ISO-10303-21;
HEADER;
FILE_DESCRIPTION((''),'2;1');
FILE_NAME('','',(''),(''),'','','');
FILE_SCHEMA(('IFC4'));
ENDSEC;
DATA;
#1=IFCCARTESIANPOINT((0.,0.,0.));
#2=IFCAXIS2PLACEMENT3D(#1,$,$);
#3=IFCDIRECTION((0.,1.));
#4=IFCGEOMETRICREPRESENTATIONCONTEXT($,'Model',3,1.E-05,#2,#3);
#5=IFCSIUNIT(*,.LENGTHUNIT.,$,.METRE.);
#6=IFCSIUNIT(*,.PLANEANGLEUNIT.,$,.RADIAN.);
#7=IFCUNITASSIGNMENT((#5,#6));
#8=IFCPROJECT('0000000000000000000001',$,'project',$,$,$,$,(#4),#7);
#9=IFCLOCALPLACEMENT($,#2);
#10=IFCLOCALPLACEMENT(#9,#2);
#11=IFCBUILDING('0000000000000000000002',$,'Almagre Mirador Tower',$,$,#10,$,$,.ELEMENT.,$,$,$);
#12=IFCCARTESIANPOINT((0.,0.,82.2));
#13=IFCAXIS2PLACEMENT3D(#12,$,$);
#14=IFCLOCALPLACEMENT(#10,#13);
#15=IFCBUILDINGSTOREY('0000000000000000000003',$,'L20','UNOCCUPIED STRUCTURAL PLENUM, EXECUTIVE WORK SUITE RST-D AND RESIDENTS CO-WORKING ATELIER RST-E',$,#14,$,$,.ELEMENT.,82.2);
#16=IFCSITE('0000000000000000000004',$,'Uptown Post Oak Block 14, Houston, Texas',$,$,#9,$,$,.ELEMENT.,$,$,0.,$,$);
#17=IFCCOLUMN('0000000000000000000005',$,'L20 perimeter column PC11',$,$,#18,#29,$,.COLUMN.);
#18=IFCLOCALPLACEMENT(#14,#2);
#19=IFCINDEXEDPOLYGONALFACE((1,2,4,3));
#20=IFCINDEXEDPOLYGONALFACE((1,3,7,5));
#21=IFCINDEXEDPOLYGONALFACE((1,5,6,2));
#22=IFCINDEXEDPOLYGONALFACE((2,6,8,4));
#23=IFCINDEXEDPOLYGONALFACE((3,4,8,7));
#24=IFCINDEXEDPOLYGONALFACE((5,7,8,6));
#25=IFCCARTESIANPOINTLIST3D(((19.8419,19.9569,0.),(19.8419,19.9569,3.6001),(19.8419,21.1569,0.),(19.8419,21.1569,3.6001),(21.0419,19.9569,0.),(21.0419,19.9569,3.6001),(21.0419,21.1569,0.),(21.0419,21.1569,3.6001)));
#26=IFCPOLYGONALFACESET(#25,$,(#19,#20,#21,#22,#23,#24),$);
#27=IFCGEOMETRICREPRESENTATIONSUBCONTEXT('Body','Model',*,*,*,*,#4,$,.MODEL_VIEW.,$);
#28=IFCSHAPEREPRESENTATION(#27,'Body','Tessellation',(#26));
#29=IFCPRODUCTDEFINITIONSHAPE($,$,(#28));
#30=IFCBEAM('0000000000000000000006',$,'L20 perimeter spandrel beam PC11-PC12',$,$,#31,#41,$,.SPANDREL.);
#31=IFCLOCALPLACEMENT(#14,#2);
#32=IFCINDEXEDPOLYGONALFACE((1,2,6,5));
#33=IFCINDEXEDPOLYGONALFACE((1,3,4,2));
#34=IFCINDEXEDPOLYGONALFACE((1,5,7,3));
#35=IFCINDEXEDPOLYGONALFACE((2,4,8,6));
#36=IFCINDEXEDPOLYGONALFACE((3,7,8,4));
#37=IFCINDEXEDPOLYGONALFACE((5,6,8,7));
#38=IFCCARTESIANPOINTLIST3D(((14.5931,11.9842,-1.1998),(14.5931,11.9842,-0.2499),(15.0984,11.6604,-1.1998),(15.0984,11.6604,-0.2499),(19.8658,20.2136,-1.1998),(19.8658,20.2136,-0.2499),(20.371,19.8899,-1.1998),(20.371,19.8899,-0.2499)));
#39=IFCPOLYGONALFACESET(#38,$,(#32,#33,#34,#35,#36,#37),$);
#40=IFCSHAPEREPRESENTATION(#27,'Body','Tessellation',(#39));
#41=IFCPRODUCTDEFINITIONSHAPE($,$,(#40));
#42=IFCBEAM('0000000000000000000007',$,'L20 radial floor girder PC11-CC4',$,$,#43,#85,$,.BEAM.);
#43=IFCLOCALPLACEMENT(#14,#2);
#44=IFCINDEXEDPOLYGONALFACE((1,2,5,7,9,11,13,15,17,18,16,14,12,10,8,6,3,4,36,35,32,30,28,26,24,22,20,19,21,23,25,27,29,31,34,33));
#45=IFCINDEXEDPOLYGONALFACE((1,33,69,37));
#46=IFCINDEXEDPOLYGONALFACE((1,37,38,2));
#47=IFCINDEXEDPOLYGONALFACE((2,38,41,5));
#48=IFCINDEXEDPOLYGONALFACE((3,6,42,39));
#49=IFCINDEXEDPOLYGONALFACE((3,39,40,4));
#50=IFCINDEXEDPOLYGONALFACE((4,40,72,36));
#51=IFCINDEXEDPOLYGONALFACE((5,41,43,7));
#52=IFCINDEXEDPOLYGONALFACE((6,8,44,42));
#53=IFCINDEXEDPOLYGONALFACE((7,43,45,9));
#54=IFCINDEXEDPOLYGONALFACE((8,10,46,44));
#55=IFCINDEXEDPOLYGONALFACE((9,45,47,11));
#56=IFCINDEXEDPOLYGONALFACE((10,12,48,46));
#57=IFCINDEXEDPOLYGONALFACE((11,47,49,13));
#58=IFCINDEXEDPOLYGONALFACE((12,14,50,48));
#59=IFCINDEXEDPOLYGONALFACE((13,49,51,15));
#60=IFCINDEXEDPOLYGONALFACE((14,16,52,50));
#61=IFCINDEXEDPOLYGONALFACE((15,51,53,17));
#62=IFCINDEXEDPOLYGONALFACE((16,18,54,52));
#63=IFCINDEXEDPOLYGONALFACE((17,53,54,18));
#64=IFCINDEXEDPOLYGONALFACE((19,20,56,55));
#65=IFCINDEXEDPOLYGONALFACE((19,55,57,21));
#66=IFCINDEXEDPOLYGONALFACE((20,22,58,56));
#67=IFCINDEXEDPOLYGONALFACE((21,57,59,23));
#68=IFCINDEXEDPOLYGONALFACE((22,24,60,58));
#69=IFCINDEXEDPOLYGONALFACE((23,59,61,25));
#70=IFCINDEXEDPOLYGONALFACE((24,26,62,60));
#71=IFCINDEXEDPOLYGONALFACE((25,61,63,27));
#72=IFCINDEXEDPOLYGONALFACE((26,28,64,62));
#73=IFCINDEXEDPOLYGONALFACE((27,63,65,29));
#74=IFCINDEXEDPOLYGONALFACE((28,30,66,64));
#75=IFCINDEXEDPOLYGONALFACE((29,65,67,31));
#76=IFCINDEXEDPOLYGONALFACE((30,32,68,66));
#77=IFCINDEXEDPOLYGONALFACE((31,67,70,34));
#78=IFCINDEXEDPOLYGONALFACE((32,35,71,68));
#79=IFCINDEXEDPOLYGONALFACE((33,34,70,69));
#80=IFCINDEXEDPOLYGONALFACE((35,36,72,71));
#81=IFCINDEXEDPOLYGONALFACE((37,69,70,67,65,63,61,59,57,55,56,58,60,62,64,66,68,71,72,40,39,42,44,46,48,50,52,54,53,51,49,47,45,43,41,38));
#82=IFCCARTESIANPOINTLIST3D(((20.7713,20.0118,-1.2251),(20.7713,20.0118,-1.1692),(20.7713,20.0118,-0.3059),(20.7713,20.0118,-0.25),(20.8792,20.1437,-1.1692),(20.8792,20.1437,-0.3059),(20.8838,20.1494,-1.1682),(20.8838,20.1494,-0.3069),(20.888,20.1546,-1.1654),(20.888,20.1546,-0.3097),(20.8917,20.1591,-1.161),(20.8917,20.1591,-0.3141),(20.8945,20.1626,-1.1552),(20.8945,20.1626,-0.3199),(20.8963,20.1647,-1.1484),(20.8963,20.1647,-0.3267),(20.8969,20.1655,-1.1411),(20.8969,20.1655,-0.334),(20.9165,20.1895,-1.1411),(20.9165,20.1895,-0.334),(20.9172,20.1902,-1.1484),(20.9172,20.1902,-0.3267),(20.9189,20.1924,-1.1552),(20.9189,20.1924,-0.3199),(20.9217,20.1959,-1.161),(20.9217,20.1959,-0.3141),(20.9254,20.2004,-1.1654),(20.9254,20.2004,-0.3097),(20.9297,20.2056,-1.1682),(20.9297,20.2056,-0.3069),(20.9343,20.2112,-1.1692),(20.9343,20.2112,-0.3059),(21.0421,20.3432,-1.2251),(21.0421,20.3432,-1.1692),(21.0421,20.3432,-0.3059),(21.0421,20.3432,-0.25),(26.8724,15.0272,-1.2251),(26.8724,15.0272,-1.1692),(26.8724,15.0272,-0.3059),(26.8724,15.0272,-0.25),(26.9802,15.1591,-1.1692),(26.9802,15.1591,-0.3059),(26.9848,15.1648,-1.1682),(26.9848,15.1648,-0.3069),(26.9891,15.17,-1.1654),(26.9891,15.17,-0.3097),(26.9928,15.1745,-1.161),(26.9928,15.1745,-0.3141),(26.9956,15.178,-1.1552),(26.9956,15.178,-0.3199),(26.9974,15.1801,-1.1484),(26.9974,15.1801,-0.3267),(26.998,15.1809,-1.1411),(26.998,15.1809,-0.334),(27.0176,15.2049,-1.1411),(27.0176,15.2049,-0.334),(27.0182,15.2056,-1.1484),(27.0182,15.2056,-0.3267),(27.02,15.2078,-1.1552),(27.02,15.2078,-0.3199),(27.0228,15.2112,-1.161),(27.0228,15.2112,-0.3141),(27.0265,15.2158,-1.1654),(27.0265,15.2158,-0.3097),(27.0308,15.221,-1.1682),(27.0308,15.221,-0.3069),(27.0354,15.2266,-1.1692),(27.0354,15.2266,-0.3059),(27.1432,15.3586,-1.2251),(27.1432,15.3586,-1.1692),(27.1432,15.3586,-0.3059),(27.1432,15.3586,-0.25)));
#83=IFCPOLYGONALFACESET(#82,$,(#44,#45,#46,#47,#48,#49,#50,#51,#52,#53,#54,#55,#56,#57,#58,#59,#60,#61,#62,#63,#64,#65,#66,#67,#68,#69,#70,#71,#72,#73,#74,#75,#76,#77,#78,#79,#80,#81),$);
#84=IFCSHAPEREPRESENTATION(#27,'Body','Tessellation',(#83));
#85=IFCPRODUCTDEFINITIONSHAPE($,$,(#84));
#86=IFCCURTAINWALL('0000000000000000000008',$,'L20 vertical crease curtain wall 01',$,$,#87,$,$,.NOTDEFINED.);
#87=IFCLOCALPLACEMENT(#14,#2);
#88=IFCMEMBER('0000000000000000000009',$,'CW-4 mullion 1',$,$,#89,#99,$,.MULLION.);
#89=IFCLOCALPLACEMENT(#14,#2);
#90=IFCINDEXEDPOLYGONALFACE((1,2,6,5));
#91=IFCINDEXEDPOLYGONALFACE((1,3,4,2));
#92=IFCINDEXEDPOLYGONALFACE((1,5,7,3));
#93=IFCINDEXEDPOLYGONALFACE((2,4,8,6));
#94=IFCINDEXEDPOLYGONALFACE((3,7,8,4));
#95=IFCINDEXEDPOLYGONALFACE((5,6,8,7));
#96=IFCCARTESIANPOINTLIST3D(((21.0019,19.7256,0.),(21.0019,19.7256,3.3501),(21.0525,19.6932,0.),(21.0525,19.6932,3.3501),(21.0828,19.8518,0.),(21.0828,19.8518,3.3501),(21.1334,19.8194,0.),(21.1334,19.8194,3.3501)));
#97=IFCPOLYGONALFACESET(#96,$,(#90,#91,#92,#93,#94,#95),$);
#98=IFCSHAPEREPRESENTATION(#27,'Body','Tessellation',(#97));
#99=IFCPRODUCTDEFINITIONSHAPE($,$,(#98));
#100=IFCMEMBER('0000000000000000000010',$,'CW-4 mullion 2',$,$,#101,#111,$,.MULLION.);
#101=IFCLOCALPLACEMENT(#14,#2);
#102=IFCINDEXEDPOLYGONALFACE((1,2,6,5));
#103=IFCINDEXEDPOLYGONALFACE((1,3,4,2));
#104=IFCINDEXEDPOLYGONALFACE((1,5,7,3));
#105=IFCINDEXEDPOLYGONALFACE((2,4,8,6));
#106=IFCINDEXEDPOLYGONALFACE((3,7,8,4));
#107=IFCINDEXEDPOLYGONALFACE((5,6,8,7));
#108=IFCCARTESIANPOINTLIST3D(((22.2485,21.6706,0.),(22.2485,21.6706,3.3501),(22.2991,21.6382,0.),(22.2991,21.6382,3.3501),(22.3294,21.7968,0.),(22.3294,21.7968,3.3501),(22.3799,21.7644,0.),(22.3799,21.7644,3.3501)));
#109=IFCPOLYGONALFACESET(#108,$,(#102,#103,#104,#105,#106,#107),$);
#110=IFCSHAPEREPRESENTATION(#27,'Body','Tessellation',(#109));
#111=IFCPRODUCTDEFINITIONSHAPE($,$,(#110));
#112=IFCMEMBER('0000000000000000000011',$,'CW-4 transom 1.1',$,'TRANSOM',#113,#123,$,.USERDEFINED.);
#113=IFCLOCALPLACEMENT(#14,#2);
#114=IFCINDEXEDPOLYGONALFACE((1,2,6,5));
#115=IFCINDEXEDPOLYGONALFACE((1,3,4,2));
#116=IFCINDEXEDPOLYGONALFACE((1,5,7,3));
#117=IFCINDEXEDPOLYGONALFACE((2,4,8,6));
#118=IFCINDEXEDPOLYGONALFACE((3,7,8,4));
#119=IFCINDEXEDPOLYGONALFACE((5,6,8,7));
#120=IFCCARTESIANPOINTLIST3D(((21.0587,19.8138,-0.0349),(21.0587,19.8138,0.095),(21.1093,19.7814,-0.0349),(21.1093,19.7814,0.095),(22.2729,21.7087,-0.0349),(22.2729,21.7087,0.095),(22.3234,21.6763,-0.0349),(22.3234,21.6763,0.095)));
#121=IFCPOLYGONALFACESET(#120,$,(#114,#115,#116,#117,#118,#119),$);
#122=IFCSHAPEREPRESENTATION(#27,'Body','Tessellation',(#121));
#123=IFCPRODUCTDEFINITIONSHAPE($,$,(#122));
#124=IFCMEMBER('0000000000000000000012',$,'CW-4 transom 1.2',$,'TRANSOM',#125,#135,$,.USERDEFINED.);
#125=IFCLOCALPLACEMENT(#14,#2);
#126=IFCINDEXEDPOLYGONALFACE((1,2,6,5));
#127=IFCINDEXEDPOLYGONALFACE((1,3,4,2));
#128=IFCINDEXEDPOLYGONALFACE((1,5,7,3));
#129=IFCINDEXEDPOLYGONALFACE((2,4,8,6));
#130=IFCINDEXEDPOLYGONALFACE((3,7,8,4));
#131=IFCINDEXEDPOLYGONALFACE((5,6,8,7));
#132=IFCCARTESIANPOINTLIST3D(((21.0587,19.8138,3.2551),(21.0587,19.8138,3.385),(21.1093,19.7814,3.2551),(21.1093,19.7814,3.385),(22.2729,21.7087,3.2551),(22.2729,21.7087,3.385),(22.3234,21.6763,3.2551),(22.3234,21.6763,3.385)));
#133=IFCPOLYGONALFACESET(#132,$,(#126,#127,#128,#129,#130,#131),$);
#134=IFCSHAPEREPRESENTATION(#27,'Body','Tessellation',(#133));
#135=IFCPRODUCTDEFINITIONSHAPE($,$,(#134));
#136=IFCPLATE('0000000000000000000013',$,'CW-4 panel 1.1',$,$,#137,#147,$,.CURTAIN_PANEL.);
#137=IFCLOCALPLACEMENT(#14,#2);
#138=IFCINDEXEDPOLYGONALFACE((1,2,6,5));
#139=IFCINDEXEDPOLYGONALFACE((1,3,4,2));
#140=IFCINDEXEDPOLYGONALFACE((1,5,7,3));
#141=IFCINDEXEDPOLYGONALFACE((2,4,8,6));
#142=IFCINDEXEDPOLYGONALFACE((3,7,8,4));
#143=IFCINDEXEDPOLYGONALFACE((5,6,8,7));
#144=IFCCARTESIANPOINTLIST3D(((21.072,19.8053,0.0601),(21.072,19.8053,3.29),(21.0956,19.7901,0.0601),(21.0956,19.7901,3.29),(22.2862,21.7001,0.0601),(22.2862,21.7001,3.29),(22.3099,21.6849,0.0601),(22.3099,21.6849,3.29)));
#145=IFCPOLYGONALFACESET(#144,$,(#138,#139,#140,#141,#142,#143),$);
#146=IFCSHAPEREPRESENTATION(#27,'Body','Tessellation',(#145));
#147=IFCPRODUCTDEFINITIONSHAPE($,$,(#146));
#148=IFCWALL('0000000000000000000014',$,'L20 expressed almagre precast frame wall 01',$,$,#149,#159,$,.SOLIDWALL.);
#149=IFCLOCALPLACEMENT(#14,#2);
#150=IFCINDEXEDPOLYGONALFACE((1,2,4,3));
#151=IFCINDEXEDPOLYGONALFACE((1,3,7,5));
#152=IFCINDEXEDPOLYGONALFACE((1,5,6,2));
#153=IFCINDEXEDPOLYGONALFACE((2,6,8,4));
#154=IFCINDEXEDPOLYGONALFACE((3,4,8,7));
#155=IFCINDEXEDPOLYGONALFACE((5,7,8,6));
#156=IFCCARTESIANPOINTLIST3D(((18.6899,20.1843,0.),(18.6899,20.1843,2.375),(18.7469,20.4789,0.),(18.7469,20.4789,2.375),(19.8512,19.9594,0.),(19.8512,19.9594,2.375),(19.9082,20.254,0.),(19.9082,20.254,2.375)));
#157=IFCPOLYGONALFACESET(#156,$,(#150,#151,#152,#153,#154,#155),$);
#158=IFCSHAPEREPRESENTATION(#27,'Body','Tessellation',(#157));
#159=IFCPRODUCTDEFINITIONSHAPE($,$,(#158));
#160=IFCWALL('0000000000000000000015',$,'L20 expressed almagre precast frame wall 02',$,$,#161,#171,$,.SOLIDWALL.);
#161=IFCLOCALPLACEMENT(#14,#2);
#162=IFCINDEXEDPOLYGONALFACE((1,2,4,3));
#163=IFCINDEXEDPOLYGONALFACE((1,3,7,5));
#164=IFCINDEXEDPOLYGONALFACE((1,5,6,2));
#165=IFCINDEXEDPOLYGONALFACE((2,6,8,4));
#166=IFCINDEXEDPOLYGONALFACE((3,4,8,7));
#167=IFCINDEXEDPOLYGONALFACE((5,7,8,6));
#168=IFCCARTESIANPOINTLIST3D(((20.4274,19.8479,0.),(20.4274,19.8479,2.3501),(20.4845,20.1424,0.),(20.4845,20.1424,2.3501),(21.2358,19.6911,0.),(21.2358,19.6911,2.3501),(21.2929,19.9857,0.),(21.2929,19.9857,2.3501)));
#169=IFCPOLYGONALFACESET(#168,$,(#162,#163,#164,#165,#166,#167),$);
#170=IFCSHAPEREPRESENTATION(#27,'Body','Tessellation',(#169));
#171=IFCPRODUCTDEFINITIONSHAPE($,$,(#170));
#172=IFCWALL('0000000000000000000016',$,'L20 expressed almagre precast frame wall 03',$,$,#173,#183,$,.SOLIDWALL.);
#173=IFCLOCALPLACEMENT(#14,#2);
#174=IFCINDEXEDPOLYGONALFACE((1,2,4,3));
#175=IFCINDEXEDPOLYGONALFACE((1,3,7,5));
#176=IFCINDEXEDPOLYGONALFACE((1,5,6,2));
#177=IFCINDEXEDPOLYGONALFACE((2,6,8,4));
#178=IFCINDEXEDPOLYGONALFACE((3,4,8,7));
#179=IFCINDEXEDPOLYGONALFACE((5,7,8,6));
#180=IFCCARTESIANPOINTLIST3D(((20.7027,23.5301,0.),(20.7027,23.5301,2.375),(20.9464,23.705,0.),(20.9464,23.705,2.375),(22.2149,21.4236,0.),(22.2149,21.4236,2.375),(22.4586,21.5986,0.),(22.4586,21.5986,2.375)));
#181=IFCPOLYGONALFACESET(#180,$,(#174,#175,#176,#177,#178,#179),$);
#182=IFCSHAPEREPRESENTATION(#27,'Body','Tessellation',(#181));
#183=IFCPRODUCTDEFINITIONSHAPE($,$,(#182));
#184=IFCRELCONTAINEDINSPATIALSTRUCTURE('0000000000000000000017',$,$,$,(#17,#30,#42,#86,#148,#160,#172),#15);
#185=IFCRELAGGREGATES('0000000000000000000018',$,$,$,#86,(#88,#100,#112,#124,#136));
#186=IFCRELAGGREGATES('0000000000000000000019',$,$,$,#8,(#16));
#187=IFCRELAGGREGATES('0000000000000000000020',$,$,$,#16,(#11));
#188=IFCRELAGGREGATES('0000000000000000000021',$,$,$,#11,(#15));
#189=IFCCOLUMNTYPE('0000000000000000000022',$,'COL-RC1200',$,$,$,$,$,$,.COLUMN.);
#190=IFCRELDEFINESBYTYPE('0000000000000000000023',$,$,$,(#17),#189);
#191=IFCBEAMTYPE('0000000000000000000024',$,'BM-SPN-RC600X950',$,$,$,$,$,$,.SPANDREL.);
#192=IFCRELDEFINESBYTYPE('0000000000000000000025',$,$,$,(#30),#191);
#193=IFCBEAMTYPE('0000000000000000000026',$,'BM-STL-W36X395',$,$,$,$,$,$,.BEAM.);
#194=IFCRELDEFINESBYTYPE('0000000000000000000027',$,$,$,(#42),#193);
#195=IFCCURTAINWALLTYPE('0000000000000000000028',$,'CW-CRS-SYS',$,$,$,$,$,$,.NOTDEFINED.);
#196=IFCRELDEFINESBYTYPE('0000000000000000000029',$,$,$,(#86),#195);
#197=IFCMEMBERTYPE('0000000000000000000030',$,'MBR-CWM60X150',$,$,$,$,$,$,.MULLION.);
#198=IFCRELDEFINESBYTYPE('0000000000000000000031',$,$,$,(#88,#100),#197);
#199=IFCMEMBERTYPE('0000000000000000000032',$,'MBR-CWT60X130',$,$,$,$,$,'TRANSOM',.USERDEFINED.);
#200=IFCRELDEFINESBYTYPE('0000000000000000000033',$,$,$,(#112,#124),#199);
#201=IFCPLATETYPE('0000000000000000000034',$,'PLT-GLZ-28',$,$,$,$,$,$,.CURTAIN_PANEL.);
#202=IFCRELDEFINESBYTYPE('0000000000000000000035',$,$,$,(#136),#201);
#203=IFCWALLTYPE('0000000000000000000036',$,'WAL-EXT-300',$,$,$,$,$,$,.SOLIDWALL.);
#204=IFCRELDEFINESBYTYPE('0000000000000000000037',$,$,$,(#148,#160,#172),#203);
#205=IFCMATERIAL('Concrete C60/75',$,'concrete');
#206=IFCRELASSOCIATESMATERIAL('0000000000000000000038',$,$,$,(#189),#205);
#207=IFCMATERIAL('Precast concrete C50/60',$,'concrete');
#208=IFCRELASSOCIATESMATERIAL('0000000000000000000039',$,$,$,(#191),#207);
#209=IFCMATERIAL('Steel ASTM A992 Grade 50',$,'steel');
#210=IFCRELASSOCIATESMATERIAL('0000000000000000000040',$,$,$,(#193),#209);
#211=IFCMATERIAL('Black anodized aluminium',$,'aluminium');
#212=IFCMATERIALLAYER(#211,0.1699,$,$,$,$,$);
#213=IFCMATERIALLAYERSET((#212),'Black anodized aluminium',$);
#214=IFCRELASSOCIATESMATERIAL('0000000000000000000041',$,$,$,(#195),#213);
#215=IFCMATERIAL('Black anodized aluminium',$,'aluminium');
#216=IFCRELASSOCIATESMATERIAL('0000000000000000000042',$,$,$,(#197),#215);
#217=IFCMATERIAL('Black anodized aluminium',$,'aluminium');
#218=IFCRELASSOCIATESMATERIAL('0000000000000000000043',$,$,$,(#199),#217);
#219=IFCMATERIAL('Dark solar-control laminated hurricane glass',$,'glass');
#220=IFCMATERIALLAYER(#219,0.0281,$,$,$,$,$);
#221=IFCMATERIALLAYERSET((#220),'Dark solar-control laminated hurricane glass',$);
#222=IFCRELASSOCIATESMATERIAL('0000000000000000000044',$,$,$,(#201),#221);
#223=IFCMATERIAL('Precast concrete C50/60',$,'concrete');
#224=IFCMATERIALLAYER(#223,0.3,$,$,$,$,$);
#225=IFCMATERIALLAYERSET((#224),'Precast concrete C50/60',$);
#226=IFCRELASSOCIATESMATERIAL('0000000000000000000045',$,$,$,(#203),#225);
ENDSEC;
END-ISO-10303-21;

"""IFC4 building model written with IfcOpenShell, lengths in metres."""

from ifc_helpers import new_model, si_unit, direction, frame, frame_2d, origin, origin_2d, place, context, subcontext, project, spatial, rectangle, i_section, extrude, material, layer, layer_set, material_profile, profile_set, type_object, element, aggregate, save


model = new_model("IFC4")

# Units and contexts
model_context = context("Model", 3, precision=1e-05, world=origin(), true_north=direction((0.0, 1.0)))
body_context = subcontext(model_context, "Body", "Model", "MODEL_VIEW")
ifc_project = project(units=[si_unit("LENGTHUNIT", "METRE"), si_unit("PLANEANGLEUNIT", "RADIAN")], contexts=[model_context])

# Site, building, storey
site_placement = place(None, origin())
site = spatial("IfcSite", under=ifc_project, at=site_placement, Name="Uptown Post Oak Block 14, Houston, Texas", CompositionType="ELEMENT", RefElevation=0.0)
building_placement = place(site_placement, origin())
building = spatial("IfcBuilding", under=site, at=building_placement, Name="Almagre Mirador Tower", CompositionType="ELEMENT")
storey_placement = place(building_placement, frame((0.0, 0.0, 82.2)))
storey = spatial("IfcBuildingStorey", under=building, at=storey_placement, Name="L20", Description="UNOCCUPIED STRUCTURAL PLENUM, EXECUTIVE WORK SUITE RST-D AND RESIDENTS CO-WORKING ATELIER RST-E", CompositionType="ELEMENT", Elevation=82.2)

# Column
ifc_material_1 = material(Name="Concrete C60/75", Category="concrete")
ifc_material_profile_1 = material_profile(ifc_material_1, rectangle(XDim=1.2, YDim=1.2, at=origin_2d()), Name="RC1200X1200")
ifc_profile_set_1 = profile_set([ifc_material_profile_1], Name="Concrete C60/75")
column_type = type_object("IfcColumnType", Name="COL-RC1200", PredefinedType="COLUMN", material=ifc_profile_set_1)
column_placement = place(storey_placement, frame((20.4419, 20.5569, 0.0), z_axis=(0.0, 0.0, 1.0), x_axis=(1.0, 0.0, 0.0)))
element("IfcColumn", 1, at=column_placement, inside=storey, type_object=column_type, Name="L20 perimeter column PC11", PredefinedType="COLUMN", context=body_context, shape_type="SweptSolid", body=[
    extrude(rectangle(XDim=1.2, YDim=1.2, at=origin_2d()), origin(), (0.0, 0.0, 1.0), 3.6001),
])

# Beams
ifc_material_2 = material(Name="Precast concrete C50/60", Category="concrete")
ifc_material_profile_2 = material_profile(ifc_material_2, rectangle(XDim=0.6001, YDim=0.95, at=origin_2d()), Name="RC600X950")
ifc_profile_set_2 = profile_set([ifc_material_profile_2], Name="Precast concrete C50/60")
beam_type_1 = type_object("IfcBeamType", Name="BM-SPN-RC600X950", PredefinedType="SPANDREL", material=ifc_profile_set_2)
beam_1_placement = place(storey_placement, frame((20.1184, 20.0518, -0.7249), z_axis=(-0.539477, -0.842, 0.0), x_axis=(0.842, -0.539477, 0.0)))
element("IfcBeam", 2, at=beam_1_placement, inside=storey, type_object=beam_type_1, Name="L20 perimeter spandrel beam PC11-PC12", PredefinedType="SPANDREL", context=body_context, shape_type="SweptSolid", body=[
    extrude(rectangle(XDim=0.6001, YDim=0.95, at=origin_2d()), origin(), (0.0, 0.0, 1.0), 9.7737),
])
ifc_material_3 = material(Name="Steel ASTM A992 Grade 50", Category="steel")
ifc_material_profile_3 = material_profile(ifc_material_3, i_section(OverallWidth=0.428, OverallDepth=0.9751, WebThickness=0.031, FlangeThickness=0.0559, FilletRadius=0.0281, at=origin_2d()), Name="W36X395")
ifc_profile_set_3 = profile_set([ifc_material_profile_3], Name="Steel ASTM A992 Grade 50")
beam_type_2 = type_object("IfcBeamType", Name="BM-STL-W36X395", PredefinedType="BEAM", material=ifc_profile_set_3)
beam_2_placement = place(storey_placement, frame((20.9067, 20.1775, -0.7375), z_axis=(0.774403, -0.632693, 0.0), x_axis=(0.632693, 0.774403, 0.0)))
element("IfcBeam", 3, at=beam_2_placement, inside=storey, type_object=beam_type_2, Name="L20 radial floor girder PC11-CC4", PredefinedType="BEAM", context=body_context, shape_type="SweptSolid", body=[
    extrude(i_section(OverallWidth=0.428, OverallDepth=0.9751, WebThickness=0.031, FlangeThickness=0.0559, FilletRadius=0.0281, at=origin_2d()), origin(), (0.0, 0.0, 1.0), 7.8784),
])

# Curtain wall, members, plate
ifc_material_4 = material(Name="Black anodized aluminium", Category="aluminium")
ifc_layer_1 = layer(ifc_material_4, 0.1699)
ifc_layer_set_1 = layer_set([ifc_layer_1], Name="Black anodized aluminium")
curtain_wall_type = type_object("IfcCurtainWallType", Name="CW-CRS-SYS", PredefinedType="NOTDEFINED", material=ifc_layer_set_1)
curtain_wall_placement = place(storey_placement, origin())
curtain_wall = element("IfcCurtainWall", 4, at=curtain_wall_placement, inside=storey, type_object=curtain_wall_type, Name="L20 vertical crease curtain wall 01", PredefinedType="NOTDEFINED")
ifc_material_5 = material(Name="Black anodized aluminium", Category="aluminium")
ifc_material_profile_4 = material_profile(ifc_material_5, rectangle(XDim=0.0601, YDim=0.1499, at=origin_2d()), Name="CWM60X150")
ifc_profile_set_4 = profile_set([ifc_material_profile_4], Name="Black anodized aluminium")
member_type_1 = type_object("IfcMemberType", Name="MBR-CWM60X150", PredefinedType="MULLION", material=ifc_profile_set_4)
member_1_placement = place(storey_placement, frame((21.0676, 19.7725, 0.0), z_axis=(0.0, 0.0, 1.0), x_axis=(-0.841948, 0.539559, 0.0)))
member_1 = element("IfcMember", 5, at=member_1_placement, type_object=member_type_1, Name="CW-4 mullion 1", PredefinedType="MULLION", context=body_context, shape_type="SweptSolid", body=[
    extrude(rectangle(XDim=0.0601, YDim=0.1499, at=origin_2d()), origin(), (0.0, 0.0, 1.0), 3.3501),
])
member_2_placement = place(storey_placement, frame((22.3142, 21.7175, 0.0), z_axis=(0.0, 0.0, 1.0), x_axis=(-0.841948, 0.539559, 0.0)))
member_2 = element("IfcMember", 6, at=member_2_placement, type_object=member_type_1, Name="CW-4 mullion 2", PredefinedType="MULLION", context=body_context, shape_type="SweptSolid", body=[
    extrude(rectangle(XDim=0.0601, YDim=0.1499, at=origin_2d()), origin(), (0.0, 0.0, 1.0), 3.3501),
])
ifc_material_6 = material(Name="Black anodized aluminium", Category="aluminium")
ifc_material_profile_5 = material_profile(ifc_material_6, rectangle(XDim=0.0601, YDim=0.1299, at=origin_2d()), Name="CWT60X130")
ifc_profile_set_5 = profile_set([ifc_material_profile_5], Name="Black anodized aluminium")
member_type_2 = type_object("IfcMemberType", Name="MBR-CWT60X130", ElementType="TRANSOM", PredefinedType="USERDEFINED", material=ifc_profile_set_5)
member_3_placement = place(storey_placement, frame((21.084, 19.7976, 0.03), z_axis=(0.539512, 0.841978, 0.0), x_axis=(-0.841978, 0.539512, 0.0)))
member_3 = element("IfcMember", 7, at=member_3_placement, type_object=member_type_2, Name="CW-4 transom 1.1", ObjectType="TRANSOM", PredefinedType="USERDEFINED", context=body_context, shape_type="SweptSolid", body=[
    extrude(rectangle(XDim=0.0601, YDim=0.1299, at=origin_2d()), origin(), (0.0, 0.0, 1.0), 2.2505),
])
member_4_placement = place(storey_placement, frame((21.084, 19.7976, 3.3201), z_axis=(0.539512, 0.841978, 0.0), x_axis=(-0.841978, 0.539512, 0.0)))
member_4 = element("IfcMember", 8, at=member_4_placement, type_object=member_type_2, Name="CW-4 transom 1.2", ObjectType="TRANSOM", PredefinedType="USERDEFINED", context=body_context, shape_type="SweptSolid", body=[
    extrude(rectangle(XDim=0.0601, YDim=0.1299, at=origin_2d()), origin(), (0.0, 0.0, 1.0), 2.2505),
])
ifc_material_7 = material(Name="Dark solar-control laminated hurricane glass", Category="glass")
ifc_layer_2 = layer(ifc_material_7, 0.0281)
ifc_layer_set_2 = layer_set([ifc_layer_2], Name="Dark solar-control laminated hurricane glass")
plate_type = type_object("IfcPlateType", Name="PLT-GLZ-28", PredefinedType="CURTAIN_PANEL", material=ifc_layer_set_2)
plate_placement = place(storey_placement, frame((21.6909, 20.7451, 0.0601), z_axis=(0.0, 0.0, 1.0), x_axis=(0.539559, 0.841948, 0.0)))
plate = element("IfcPlate", 9, at=plate_placement, type_object=plate_type, Name="CW-4 panel 1.1", PredefinedType="CURTAIN_PANEL", context=body_context, shape_type="SweptSolid", body=[
    extrude(rectangle(XDim=2.2505, YDim=0.0281, at=origin_2d()), origin(), (0.0, 0.0, 1.0), 3.23),
])
aggregate(curtain_wall, [member_1, member_2, member_3, member_4, plate])

# Walls
ifc_material_8 = material(Name="Precast concrete C50/60", Category="concrete")
ifc_layer_3 = layer(ifc_material_8, 0.3)
ifc_layer_set_3 = layer_set([ifc_layer_3], Name="Precast concrete C50/60")
wall_type_1 = type_object("IfcWallType", Name="WAL-EXT-300", PredefinedType="SOLIDWALL", material=ifc_layer_set_3)
wall_1_placement = place(storey_placement, frame((18.7185, 20.3315, 0.0), z_axis=(0.0, 0.0, 1.0), x_axis=(0.981769, -0.19008, 0.0)))
element("IfcWall", 10, at=wall_1_placement, inside=storey, type_object=wall_type_1, Name="L20 expressed almagre precast frame wall 01", PredefinedType="SOLIDWALL", context=body_context, shape_type="SweptSolid", body=[
    extrude(rectangle(XDim=1.1829, YDim=0.3, at=frame_2d((0.5913, 0.0))), origin(), (0.0, 0.0, 1.0), 2.375),
])
wall_2_placement = place(storey_placement, frame((20.4561, 19.9951, 0.0), z_axis=(0.0, 0.0, 1.0), x_axis=(0.981716, -0.190354, 0.0)))
element("IfcWall", 11, at=wall_2_placement, inside=storey, type_object=wall_type_1, Name="L20 expressed almagre precast frame wall 02", PredefinedType="SOLIDWALL", context=body_context, shape_type="SweptSolid", body=[
    extrude(rectangle(XDim=0.8235, YDim=0.3, at=frame_2d((0.4116, 0.0))), origin(), (0.0, 0.0, 1.0), 2.3501),
])
wall_3_placement = place(storey_placement, frame((22.3367, 21.5112, 0.0), z_axis=(0.0, 0.0, 1.0), x_axis=(-0.583178, 0.812344, 0.0)))
element("IfcWall", 12, at=wall_3_placement, inside=storey, type_object=wall_type_1, Name="L20 expressed almagre precast frame wall 03", PredefinedType="SOLIDWALL", context=body_context, shape_type="SweptSolid", body=[
    extrude(rectangle(XDim=2.593, YDim=0.3, at=frame_2d((1.2964, 0.0))), origin(), (0.0, 0.0, 1.0), 2.375),
])

save(model, "model.ifc")
